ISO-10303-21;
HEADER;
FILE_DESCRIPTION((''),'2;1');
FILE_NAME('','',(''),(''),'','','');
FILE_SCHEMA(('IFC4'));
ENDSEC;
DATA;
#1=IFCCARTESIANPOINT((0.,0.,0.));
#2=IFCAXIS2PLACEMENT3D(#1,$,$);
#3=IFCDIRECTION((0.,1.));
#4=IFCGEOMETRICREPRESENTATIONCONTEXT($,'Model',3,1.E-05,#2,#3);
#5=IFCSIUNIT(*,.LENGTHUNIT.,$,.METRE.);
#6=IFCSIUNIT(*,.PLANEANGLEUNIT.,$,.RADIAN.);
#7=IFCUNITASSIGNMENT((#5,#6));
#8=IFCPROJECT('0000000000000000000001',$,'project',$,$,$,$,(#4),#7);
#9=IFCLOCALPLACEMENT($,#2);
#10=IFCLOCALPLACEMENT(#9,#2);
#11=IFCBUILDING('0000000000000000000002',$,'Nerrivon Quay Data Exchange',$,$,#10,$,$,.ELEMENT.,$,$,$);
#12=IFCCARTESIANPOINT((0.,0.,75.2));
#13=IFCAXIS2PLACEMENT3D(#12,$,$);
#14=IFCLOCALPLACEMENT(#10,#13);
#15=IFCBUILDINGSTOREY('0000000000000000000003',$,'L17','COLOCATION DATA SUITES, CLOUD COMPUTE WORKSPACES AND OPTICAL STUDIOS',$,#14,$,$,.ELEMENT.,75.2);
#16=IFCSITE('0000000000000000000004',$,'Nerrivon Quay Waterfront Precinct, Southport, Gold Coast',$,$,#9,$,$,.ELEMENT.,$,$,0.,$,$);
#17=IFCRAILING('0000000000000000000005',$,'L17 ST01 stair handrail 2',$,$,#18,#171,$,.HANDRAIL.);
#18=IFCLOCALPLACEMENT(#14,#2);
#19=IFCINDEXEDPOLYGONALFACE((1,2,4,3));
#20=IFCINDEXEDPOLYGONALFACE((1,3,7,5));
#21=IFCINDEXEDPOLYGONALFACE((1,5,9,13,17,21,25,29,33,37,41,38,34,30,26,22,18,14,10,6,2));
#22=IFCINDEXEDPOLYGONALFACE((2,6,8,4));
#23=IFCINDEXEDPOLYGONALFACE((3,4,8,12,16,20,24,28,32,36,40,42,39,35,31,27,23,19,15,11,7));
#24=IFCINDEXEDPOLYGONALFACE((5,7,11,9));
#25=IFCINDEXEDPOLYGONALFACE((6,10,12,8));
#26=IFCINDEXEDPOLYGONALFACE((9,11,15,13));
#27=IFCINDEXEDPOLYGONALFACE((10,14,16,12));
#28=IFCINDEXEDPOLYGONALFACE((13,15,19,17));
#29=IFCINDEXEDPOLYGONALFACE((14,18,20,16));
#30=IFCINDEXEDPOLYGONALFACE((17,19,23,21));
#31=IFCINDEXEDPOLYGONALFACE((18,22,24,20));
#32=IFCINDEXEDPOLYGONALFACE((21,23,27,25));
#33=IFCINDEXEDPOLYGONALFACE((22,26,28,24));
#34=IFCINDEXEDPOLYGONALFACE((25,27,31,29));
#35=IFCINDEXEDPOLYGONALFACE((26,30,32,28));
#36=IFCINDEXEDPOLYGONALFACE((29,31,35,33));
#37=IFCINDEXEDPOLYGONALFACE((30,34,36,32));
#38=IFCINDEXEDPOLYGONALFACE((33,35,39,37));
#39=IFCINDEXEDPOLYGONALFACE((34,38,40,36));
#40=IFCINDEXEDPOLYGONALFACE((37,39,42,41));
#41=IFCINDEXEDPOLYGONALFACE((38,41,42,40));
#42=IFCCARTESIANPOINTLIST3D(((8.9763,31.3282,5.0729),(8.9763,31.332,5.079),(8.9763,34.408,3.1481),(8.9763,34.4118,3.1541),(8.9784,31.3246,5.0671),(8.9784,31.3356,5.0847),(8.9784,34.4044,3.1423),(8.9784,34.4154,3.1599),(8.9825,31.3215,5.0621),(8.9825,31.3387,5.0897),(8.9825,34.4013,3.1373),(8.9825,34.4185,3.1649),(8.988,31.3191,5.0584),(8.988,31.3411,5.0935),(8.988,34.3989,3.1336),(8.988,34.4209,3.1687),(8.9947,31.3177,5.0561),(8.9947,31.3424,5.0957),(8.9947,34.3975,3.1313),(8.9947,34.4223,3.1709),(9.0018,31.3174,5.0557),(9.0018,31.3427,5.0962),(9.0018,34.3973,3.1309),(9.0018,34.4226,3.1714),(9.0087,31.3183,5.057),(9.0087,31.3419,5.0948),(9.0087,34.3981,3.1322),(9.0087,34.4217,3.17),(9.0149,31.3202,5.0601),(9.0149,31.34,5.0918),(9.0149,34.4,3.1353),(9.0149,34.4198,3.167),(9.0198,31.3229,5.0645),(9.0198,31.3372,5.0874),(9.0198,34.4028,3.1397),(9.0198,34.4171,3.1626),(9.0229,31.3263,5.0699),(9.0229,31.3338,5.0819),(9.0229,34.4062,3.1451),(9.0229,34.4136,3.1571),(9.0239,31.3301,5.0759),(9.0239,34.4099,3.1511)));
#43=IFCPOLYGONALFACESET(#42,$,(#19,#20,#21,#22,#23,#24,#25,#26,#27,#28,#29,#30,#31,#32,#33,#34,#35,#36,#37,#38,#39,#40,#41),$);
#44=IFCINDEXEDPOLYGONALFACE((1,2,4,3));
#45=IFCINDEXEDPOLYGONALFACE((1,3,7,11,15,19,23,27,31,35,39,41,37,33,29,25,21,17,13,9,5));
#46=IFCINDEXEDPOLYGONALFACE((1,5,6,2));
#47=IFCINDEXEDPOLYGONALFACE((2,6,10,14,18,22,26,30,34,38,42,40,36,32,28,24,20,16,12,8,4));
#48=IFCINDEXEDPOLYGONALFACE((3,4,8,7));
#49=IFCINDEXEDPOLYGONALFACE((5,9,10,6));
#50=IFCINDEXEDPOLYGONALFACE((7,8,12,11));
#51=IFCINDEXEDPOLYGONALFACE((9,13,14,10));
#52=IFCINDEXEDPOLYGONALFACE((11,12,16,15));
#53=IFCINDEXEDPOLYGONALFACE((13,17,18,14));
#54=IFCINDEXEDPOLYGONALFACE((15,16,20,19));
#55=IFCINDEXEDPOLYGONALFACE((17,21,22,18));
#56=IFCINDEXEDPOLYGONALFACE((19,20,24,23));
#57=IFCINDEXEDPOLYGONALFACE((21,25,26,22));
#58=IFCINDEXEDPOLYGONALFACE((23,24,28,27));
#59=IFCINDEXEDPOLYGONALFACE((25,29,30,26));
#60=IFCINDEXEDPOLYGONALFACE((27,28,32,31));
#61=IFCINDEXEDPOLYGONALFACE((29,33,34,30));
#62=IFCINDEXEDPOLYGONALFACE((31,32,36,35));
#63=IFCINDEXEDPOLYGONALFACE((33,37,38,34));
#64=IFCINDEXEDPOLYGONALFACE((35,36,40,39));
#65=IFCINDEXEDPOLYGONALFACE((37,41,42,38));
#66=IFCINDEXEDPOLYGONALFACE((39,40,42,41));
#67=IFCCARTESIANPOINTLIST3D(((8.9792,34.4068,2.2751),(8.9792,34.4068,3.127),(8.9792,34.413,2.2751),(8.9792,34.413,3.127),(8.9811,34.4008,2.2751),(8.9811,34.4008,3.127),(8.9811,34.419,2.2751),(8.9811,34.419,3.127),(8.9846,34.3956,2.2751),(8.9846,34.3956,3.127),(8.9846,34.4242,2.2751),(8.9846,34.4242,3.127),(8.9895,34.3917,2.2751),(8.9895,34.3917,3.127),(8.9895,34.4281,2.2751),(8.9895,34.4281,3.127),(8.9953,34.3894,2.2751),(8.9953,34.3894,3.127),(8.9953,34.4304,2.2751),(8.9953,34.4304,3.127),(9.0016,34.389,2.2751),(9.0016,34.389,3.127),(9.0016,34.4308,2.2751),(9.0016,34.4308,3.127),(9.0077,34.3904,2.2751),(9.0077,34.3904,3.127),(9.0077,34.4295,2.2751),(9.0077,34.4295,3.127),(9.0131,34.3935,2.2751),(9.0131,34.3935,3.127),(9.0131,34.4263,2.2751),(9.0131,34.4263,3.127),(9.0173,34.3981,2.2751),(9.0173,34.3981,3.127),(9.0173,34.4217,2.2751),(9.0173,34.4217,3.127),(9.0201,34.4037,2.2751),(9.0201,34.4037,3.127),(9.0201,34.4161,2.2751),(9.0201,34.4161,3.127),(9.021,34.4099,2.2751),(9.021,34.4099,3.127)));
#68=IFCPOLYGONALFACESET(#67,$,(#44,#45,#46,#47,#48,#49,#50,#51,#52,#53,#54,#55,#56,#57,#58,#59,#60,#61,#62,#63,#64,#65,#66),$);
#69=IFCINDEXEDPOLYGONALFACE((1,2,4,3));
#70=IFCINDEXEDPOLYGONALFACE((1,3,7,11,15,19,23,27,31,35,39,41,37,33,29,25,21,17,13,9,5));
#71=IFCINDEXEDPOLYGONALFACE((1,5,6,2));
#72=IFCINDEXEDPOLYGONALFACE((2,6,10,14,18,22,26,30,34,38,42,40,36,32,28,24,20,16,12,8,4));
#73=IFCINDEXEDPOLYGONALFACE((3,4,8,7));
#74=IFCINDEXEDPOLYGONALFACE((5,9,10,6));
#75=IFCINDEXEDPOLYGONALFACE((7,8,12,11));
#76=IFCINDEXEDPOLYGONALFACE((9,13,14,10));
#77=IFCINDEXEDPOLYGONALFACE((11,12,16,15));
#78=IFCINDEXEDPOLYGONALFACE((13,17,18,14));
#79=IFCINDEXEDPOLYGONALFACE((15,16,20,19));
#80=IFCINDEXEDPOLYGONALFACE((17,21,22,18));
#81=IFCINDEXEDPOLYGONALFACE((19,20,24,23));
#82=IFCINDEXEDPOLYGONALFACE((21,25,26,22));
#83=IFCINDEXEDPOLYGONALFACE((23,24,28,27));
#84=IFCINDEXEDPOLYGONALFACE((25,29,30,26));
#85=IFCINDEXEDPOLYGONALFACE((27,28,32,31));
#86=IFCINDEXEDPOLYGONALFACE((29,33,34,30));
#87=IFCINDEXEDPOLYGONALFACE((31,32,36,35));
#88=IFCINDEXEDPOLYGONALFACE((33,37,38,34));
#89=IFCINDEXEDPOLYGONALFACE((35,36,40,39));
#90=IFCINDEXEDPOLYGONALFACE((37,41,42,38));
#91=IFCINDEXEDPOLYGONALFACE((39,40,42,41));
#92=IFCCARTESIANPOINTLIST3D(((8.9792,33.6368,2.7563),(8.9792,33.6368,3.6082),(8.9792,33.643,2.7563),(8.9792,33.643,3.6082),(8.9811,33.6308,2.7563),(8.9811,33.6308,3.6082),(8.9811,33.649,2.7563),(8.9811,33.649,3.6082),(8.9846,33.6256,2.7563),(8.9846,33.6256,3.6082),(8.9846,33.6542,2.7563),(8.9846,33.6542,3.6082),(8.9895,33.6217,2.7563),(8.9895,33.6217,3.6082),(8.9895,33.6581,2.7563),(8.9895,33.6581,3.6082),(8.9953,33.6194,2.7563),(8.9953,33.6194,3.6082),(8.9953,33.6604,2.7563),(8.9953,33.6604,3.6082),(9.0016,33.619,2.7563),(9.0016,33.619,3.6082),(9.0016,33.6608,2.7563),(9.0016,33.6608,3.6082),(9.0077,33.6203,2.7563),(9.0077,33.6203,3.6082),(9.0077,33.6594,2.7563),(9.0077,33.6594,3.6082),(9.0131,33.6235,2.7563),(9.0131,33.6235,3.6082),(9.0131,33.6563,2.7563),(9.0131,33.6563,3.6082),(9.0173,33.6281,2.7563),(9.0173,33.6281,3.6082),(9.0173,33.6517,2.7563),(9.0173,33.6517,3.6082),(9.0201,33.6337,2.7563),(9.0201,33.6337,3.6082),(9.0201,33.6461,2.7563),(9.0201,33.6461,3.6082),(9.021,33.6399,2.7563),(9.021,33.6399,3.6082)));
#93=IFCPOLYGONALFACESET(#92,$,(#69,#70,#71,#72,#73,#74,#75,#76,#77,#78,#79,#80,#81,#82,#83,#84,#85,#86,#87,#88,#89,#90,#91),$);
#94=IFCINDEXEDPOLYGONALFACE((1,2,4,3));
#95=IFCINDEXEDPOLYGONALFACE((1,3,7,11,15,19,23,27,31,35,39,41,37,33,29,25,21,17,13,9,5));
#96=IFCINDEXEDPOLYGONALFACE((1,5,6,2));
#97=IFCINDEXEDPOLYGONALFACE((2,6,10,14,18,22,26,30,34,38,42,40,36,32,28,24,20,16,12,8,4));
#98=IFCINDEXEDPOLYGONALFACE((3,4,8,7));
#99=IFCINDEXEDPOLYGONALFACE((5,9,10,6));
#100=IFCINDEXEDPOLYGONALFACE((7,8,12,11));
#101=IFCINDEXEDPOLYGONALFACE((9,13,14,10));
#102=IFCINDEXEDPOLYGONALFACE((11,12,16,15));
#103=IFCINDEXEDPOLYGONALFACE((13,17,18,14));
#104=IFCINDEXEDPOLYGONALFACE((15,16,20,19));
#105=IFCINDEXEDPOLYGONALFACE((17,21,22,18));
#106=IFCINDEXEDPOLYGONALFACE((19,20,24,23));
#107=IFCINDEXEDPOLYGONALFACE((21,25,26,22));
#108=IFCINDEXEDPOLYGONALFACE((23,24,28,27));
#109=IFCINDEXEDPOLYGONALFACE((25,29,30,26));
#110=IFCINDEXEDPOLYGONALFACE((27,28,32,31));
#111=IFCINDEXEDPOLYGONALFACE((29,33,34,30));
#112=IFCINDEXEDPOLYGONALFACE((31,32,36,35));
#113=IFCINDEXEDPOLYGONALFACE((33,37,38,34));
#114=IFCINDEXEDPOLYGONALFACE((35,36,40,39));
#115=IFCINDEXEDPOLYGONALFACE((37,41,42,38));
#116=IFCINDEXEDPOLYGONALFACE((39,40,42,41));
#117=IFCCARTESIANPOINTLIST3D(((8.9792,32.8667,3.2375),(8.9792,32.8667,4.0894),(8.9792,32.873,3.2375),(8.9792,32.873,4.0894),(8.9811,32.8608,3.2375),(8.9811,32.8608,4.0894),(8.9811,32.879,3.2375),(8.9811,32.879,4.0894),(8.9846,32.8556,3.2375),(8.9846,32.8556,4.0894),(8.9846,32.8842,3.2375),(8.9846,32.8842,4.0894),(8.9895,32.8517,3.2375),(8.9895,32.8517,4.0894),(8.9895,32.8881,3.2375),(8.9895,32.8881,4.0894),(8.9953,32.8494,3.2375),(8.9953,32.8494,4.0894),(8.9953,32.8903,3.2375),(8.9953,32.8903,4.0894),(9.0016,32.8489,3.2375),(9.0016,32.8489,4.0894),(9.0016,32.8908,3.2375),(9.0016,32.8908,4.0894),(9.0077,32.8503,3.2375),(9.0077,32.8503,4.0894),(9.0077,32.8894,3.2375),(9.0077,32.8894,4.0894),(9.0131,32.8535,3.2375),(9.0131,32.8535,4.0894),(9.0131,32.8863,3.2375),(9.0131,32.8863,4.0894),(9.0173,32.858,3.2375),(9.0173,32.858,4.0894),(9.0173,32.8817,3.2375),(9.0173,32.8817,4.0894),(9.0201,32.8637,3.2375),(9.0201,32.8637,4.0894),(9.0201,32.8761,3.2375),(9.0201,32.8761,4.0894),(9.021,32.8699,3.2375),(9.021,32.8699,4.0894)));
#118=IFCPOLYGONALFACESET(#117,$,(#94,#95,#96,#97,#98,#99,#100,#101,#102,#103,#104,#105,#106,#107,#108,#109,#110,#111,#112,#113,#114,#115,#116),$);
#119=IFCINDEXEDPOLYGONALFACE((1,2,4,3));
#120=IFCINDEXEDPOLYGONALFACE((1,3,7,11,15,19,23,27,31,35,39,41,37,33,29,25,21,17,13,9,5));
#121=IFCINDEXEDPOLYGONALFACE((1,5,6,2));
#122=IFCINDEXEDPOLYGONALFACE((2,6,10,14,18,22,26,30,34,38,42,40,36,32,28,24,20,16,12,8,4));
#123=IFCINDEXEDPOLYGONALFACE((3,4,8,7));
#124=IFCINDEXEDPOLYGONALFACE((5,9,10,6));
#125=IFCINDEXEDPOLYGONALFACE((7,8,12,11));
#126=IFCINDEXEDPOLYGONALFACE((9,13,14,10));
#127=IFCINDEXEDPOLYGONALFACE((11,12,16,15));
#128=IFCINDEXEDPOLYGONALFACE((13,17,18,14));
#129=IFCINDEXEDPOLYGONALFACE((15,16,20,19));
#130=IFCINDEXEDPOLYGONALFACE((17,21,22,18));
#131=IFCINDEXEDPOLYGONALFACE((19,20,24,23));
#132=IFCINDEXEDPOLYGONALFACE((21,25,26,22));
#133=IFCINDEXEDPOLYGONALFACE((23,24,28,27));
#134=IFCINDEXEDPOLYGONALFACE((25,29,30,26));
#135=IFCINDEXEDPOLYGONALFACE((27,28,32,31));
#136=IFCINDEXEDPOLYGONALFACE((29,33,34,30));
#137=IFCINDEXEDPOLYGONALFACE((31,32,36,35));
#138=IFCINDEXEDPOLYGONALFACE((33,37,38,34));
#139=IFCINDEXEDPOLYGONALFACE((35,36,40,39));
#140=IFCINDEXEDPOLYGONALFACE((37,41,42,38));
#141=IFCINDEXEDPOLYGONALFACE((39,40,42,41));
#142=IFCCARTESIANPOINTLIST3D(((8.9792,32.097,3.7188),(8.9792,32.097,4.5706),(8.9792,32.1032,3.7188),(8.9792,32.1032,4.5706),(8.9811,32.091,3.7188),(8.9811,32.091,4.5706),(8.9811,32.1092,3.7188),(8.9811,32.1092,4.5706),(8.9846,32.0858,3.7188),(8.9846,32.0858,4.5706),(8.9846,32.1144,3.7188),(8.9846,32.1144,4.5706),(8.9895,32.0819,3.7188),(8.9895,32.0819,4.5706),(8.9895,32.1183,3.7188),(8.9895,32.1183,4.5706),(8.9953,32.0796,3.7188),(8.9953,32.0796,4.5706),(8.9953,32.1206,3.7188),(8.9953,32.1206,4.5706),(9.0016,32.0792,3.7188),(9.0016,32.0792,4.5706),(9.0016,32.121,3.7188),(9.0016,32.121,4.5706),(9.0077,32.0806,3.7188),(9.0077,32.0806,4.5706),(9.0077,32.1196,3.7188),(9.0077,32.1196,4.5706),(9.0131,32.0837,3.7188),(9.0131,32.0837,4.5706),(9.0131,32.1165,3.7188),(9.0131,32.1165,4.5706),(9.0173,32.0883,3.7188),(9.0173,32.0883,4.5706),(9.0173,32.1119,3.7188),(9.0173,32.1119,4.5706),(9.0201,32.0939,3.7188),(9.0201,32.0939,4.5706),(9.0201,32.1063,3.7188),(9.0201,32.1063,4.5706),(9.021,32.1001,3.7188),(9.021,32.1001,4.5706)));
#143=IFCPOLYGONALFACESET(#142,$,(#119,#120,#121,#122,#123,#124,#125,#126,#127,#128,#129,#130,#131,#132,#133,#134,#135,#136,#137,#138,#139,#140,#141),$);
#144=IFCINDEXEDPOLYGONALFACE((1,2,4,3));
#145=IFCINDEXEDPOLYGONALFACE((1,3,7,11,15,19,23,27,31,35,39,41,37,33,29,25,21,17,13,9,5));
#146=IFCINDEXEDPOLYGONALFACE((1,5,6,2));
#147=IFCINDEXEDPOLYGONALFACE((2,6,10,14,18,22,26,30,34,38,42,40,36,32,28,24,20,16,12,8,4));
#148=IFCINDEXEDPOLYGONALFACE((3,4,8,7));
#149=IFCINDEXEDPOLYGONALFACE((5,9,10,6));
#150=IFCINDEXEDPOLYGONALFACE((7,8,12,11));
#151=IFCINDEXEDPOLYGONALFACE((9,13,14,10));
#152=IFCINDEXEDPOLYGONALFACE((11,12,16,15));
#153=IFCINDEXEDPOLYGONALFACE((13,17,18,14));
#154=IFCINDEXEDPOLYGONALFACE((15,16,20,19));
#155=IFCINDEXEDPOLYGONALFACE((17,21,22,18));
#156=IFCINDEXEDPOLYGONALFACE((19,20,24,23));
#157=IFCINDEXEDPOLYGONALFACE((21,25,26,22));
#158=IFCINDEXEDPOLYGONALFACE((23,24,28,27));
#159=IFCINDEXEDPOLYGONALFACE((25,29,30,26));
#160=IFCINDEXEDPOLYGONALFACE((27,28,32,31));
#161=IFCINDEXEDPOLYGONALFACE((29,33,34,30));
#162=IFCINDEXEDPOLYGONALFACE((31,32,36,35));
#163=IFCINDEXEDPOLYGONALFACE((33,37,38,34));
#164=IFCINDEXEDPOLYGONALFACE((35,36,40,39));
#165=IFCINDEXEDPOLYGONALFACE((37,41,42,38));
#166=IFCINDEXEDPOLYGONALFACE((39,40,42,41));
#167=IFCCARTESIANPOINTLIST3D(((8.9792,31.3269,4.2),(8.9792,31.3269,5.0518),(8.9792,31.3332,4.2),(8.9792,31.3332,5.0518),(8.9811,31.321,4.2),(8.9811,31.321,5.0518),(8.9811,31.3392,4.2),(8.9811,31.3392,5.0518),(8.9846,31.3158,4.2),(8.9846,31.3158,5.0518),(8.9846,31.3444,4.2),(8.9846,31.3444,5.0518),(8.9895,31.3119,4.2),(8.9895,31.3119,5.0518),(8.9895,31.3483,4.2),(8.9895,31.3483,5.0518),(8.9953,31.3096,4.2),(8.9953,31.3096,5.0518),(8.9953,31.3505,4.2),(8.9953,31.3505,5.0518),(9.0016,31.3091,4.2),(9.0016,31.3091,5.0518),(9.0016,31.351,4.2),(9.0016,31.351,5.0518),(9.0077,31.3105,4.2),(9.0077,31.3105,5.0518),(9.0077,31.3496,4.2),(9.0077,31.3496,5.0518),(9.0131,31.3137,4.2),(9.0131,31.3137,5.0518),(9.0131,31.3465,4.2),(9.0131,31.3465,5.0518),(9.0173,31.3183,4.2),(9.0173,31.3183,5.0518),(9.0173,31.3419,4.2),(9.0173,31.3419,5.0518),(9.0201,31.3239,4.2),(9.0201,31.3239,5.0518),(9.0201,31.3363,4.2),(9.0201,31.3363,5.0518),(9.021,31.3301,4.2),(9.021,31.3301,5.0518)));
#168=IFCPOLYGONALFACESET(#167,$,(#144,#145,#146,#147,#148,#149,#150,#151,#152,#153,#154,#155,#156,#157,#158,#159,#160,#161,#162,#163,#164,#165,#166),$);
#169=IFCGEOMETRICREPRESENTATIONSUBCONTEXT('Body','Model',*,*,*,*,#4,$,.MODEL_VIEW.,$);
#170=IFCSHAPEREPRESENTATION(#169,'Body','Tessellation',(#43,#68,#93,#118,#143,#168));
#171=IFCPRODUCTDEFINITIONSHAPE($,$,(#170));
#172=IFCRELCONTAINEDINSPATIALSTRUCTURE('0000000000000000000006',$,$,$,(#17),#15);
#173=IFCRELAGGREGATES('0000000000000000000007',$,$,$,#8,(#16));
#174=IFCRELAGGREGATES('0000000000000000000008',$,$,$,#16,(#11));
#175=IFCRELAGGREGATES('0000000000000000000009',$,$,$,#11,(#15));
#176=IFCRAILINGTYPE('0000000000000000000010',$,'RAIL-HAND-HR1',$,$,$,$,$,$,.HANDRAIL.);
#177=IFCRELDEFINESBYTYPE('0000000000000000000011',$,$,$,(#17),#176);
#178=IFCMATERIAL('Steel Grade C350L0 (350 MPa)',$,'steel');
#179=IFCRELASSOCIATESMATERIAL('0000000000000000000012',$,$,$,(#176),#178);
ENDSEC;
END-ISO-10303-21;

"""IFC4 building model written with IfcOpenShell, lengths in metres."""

from ifc_helpers import new_model, si_unit, direction, frame, origin, origin_2d, place, context, subcontext, project, spatial, circle, extrude, material, type_object, element, save


model = new_model("IFC4")

# Units and contexts
model_context = context("Model", 3, precision=1e-05, world=origin(), true_north=direction((0.0, 1.0)))
body_context = subcontext(model_context, "Body", "Model", "MODEL_VIEW")
ifc_project = project(units=[si_unit("LENGTHUNIT", "METRE"), si_unit("PLANEANGLEUNIT", "RADIAN")], contexts=[model_context])

# Site, building, storey
site_placement = place(None, origin())
site = spatial("IfcSite", under=ifc_project, at=site_placement, Name="Nerrivon Quay Waterfront Precinct, Southport, Gold Coast", CompositionType="ELEMENT", RefElevation=0.0)
building_placement = place(site_placement, origin())
building = spatial("IfcBuilding", under=site, at=building_placement, Name="Nerrivon Quay Data Exchange", CompositionType="ELEMENT")
storey_placement = place(building_placement, frame((0.0, 0.0, 75.2)))
storey = spatial("IfcBuildingStorey", under=building, at=storey_placement, Name="L17", Description="COLOCATION DATA SUITES, CLOUD COMPUTE WORKSPACES AND OPTICAL STUDIOS", CompositionType="ELEMENT", Elevation=75.2)

# Railing
ifc_material_1 = material(Name="Steel Grade C350L0 (350 MPa)", Category="steel")
railing_type_1 = type_object("IfcRailingType", Name="RAIL-HAND-HR1", PredefinedType="HANDRAIL", material=ifc_material_1)
railing_1_placement = place(storey_placement, frame((9.0, 34.4099, 2.2751)))
element("IfcRailing", 1, at=railing_1_placement, inside=storey, type_object=railing_type_1, Name="L17 ST01 stair handrail 2", PredefinedType="HANDRAIL", context=body_context, shape_type="SweptSolid", body=[
    extrude(circle(Radius=0.0239, at=origin_2d()), frame((0.0, 0.0, 0.876), z_axis=(0.0, -0.84801, 0.529981), x_axis=(1.0, 0.0, 0.0)), (0.0, 0.0, 1.0), 3.6318),
    extrude(circle(Radius=0.021, at=origin_2d()), origin(), (0.0, 0.0, 1.0), 0.8518),
    extrude(circle(Radius=0.021, at=origin_2d()), frame((0.0, -0.77, 0.4812)), (0.0, 0.0, 1.0), 0.8518),
    extrude(circle(Radius=0.021, at=origin_2d()), frame((0.0, -1.54, 0.9624)), (0.0, 0.0, 1.0), 0.8518),
    extrude(circle(Radius=0.021, at=origin_2d()), frame((0.0, -2.3098, 1.4436)), (0.0, 0.0, 1.0), 0.8518),
    extrude(circle(Radius=0.021, at=origin_2d()), frame((0.0, -3.0798, 1.9248)), (0.0, 0.0, 1.0), 0.8518),
])

save(model, "model.ifc")
